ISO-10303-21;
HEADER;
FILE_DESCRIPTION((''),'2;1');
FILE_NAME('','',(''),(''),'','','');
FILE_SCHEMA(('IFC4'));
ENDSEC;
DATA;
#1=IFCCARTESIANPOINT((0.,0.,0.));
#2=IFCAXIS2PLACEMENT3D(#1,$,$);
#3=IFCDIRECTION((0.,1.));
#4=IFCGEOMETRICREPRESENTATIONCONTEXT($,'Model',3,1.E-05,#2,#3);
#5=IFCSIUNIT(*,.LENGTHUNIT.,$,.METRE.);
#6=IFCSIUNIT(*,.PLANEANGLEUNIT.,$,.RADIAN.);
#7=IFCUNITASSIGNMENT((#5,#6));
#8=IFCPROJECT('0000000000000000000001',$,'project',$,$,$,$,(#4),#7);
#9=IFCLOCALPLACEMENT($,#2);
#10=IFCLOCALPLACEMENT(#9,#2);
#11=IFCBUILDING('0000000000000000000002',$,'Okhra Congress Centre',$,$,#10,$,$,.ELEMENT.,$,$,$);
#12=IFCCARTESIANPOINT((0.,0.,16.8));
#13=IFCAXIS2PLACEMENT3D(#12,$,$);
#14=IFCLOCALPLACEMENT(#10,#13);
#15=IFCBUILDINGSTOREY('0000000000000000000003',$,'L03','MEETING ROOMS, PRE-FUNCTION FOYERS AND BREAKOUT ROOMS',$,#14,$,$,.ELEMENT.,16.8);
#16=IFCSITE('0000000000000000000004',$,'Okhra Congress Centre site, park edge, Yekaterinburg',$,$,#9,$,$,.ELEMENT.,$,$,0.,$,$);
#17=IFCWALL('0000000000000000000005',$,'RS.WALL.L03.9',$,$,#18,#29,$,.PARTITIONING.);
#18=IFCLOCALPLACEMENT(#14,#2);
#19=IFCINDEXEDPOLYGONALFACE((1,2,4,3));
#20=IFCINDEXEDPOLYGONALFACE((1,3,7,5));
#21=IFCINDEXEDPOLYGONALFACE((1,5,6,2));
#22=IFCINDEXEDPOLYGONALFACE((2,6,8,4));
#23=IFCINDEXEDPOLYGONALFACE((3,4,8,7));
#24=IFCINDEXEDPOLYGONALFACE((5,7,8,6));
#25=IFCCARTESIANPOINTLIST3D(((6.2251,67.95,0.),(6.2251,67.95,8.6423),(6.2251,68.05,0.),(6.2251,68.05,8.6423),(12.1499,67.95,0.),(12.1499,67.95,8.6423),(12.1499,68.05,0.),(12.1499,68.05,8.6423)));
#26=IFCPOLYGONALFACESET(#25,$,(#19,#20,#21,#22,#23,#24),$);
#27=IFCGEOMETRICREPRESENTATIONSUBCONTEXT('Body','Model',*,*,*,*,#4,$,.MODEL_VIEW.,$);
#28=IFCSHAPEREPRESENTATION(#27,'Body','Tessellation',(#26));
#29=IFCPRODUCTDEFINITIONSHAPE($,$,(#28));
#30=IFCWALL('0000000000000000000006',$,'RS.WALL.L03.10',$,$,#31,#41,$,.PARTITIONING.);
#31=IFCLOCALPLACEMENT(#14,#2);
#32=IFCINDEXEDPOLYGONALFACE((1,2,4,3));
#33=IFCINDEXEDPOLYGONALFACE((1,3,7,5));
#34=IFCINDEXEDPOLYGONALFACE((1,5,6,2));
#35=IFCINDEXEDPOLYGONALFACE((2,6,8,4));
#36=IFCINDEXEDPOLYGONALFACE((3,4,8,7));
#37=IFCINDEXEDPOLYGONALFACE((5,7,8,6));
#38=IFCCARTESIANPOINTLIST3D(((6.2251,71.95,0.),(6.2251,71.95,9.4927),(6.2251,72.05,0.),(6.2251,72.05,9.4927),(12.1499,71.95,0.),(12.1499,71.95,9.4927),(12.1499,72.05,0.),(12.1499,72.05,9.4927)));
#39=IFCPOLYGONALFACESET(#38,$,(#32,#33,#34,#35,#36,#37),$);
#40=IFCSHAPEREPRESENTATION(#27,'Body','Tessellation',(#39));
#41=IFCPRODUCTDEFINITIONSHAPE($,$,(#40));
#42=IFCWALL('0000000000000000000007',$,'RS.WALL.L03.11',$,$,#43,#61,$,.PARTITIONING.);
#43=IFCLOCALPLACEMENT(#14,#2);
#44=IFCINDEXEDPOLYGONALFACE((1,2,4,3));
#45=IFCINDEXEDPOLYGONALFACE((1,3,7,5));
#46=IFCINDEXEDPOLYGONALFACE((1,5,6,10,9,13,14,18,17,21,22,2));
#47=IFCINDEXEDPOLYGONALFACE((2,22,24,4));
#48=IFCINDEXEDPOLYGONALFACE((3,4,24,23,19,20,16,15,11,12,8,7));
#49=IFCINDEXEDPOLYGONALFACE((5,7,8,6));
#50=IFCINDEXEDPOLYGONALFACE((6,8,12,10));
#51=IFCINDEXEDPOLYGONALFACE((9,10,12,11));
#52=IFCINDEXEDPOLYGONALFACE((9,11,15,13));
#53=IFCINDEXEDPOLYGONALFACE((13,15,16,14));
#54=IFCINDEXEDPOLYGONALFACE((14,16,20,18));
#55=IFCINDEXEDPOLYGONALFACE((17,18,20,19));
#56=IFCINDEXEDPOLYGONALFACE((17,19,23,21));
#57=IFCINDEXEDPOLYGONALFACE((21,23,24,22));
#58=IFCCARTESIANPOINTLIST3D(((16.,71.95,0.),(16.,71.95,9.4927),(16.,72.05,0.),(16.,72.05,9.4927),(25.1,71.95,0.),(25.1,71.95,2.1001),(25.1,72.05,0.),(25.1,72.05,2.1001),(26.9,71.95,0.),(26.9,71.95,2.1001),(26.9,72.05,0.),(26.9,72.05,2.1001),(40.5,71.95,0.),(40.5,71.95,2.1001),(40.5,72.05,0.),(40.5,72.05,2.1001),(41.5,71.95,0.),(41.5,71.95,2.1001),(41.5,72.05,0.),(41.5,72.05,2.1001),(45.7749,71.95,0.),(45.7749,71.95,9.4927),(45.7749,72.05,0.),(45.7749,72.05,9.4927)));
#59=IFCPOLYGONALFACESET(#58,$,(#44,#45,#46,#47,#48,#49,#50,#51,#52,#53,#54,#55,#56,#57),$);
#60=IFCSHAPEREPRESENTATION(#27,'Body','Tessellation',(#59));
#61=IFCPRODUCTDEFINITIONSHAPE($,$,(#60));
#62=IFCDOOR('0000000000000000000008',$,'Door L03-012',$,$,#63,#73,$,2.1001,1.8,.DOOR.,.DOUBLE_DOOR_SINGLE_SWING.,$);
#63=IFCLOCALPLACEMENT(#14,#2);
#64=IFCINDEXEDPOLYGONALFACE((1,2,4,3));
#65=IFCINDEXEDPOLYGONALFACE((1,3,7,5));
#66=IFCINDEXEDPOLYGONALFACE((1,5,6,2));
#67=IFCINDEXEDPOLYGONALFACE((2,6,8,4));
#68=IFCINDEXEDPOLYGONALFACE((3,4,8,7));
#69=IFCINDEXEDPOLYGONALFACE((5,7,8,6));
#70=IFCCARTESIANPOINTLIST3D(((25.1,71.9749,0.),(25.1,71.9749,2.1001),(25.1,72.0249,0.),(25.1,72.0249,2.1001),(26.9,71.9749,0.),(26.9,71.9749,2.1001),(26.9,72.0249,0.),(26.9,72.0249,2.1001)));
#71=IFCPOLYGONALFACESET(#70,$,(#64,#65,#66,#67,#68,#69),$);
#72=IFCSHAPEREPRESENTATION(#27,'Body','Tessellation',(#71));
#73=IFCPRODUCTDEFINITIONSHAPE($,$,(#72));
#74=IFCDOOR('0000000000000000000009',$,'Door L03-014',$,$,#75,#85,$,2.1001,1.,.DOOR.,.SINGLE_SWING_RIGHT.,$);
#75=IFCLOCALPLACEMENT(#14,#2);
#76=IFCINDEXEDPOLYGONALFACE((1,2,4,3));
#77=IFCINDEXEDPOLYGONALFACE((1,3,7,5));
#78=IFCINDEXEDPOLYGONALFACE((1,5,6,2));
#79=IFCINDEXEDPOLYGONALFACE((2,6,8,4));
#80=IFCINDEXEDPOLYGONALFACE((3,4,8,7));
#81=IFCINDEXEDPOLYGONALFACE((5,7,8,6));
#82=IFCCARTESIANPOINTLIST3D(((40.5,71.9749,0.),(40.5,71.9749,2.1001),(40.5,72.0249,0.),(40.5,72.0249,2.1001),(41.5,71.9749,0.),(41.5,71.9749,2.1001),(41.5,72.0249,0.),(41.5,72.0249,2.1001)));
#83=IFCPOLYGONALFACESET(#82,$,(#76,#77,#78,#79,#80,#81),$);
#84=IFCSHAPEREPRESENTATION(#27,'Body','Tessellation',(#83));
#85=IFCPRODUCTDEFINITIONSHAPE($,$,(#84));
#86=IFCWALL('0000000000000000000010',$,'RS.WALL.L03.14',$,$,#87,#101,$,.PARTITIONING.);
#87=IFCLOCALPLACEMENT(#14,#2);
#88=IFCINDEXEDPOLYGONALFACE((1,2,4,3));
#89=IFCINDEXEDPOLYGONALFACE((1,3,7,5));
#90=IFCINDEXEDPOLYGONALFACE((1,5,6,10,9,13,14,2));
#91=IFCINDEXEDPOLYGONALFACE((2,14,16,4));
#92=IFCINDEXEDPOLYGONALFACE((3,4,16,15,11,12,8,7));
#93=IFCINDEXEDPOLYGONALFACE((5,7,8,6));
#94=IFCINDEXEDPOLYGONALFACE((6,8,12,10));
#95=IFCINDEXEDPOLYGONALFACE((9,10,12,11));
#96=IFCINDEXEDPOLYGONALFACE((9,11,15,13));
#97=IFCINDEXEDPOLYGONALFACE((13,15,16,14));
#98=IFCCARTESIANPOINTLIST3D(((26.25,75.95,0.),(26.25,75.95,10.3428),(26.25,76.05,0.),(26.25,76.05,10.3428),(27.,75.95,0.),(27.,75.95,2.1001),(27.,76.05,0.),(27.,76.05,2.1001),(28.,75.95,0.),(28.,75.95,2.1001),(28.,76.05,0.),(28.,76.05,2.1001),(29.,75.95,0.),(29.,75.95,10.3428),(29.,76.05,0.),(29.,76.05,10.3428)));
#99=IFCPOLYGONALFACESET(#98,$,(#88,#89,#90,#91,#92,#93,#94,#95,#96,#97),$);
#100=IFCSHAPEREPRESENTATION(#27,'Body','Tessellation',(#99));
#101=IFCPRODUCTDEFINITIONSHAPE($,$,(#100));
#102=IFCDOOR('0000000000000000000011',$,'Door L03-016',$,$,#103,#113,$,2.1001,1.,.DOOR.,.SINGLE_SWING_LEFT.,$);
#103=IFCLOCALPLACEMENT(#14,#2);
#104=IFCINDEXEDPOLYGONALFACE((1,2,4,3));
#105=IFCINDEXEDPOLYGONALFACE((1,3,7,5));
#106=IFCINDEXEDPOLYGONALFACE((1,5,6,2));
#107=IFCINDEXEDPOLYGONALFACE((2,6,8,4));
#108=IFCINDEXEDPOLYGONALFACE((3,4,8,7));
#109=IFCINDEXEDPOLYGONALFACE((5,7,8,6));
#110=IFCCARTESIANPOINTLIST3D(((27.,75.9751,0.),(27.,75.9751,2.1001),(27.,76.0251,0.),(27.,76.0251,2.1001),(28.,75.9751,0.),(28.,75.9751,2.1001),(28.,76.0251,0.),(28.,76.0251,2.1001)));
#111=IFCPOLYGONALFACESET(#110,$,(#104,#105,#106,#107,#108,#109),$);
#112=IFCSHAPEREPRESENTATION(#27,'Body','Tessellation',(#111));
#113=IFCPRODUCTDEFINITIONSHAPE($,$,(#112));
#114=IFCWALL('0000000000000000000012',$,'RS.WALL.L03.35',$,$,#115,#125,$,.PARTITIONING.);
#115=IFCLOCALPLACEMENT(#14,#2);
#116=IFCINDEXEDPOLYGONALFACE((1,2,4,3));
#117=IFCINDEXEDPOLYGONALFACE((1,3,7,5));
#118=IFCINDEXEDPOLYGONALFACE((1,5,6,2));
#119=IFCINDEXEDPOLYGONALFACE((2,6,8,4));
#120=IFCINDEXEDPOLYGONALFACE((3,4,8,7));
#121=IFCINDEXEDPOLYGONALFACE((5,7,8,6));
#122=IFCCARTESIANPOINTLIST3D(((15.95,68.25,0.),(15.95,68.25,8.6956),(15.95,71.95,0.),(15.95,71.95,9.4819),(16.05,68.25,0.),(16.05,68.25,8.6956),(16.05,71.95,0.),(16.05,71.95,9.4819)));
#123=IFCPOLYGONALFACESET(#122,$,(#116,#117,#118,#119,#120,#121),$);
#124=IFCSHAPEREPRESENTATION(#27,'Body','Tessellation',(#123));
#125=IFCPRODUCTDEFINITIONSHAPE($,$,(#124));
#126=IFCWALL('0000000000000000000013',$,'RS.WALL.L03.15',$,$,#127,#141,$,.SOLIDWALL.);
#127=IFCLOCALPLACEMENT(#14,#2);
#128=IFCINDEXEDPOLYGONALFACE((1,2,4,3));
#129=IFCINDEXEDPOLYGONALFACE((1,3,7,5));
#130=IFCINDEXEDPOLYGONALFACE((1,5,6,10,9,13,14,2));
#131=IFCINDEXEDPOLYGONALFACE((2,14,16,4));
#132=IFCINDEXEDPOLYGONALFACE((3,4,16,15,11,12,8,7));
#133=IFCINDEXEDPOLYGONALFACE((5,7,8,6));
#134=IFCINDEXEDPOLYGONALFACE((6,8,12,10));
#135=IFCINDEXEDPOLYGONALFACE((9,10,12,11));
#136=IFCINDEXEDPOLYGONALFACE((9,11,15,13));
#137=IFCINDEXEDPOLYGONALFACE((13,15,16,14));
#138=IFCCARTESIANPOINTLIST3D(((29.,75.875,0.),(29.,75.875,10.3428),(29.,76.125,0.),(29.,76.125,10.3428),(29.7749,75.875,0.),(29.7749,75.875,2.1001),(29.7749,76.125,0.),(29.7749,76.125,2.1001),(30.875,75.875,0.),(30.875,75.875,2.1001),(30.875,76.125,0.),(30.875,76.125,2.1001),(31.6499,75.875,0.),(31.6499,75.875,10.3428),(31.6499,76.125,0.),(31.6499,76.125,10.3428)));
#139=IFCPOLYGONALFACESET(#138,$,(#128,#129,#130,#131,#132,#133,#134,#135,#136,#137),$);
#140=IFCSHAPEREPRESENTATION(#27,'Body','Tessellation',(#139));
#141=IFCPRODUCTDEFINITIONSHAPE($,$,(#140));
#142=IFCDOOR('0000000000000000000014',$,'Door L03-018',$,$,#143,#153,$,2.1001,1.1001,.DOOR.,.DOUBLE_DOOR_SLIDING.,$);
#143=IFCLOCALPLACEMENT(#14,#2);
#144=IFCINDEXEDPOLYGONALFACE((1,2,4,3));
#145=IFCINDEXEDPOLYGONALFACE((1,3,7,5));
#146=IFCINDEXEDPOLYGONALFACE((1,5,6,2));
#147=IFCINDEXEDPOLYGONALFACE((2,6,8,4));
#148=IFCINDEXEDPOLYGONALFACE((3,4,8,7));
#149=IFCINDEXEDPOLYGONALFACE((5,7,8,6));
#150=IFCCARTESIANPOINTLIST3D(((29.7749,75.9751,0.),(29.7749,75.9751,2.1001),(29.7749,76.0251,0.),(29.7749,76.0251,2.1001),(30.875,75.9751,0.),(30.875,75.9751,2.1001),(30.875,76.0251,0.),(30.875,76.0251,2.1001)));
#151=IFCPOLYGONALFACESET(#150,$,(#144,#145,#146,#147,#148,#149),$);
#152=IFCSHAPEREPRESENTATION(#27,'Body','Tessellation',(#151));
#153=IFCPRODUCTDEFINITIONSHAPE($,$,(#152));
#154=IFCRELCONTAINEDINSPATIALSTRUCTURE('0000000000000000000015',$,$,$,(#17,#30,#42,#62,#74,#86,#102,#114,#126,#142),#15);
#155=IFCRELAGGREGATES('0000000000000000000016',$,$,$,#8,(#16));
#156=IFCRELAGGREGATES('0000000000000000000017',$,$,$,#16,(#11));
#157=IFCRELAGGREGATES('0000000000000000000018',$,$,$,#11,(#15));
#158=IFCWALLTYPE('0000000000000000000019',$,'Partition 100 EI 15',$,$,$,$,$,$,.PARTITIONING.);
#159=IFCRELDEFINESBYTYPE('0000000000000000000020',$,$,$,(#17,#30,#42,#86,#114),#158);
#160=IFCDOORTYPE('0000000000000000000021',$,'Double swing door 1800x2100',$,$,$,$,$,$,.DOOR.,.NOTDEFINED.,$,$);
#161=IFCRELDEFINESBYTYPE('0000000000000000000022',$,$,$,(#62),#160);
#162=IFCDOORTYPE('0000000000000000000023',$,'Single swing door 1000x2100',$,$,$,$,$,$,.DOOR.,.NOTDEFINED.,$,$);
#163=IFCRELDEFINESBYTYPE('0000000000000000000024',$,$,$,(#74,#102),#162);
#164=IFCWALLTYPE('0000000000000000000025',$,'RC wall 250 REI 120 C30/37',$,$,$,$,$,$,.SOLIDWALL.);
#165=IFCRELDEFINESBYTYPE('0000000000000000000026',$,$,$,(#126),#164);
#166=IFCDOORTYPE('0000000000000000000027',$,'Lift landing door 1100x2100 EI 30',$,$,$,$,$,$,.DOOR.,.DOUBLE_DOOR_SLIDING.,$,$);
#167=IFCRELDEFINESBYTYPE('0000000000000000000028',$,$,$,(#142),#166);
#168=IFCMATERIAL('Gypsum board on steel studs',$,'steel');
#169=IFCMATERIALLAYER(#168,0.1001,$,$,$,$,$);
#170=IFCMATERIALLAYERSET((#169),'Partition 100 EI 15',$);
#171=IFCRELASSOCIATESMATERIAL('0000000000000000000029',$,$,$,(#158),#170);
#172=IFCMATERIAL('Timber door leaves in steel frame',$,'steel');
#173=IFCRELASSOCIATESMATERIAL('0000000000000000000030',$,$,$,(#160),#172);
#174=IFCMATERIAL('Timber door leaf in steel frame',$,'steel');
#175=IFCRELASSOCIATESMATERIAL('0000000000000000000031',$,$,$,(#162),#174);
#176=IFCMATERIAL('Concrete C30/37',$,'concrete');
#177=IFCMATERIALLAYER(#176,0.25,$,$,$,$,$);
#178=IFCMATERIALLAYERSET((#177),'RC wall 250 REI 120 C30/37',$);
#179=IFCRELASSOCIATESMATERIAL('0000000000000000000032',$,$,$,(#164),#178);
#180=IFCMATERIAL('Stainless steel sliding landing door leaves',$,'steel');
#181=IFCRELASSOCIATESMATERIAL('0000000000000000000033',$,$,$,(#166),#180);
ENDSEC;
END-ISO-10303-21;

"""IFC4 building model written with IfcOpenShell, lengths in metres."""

from ifc_helpers import new_model, si_unit, direction, frame, frame_2d, origin, place, context, subcontext, project, spatial, polyline, rectangle, outline, extrude, material, layer, layer_set, type_object, element, fill, save


model = new_model("IFC4")

# Units and contexts
model_context = context("Model", 3, precision=1e-05, world=origin(), true_north=direction((0.0, 1.0)))
body_context = subcontext(model_context, "Body", "Model", "MODEL_VIEW")
ifc_project = project(units=[si_unit("LENGTHUNIT", "METRE"), si_unit("PLANEANGLEUNIT", "RADIAN")], contexts=[model_context])

# Site, building, storey
site_placement = place(None, origin())
site = spatial("IfcSite", under=ifc_project, at=site_placement, Name="Okhra Congress Centre site, park edge, Yekaterinburg", CompositionType="ELEMENT", RefElevation=0.0)
building_placement = place(site_placement, origin())
building = spatial("IfcBuilding", under=site, at=building_placement, Name="Okhra Congress Centre", CompositionType="ELEMENT")
storey_placement = place(building_placement, frame((0.0, 0.0, 16.8)))
storey = spatial("IfcBuildingStorey", under=building, at=storey_placement, Name="L03", Description="MEETING ROOMS, PRE-FUNCTION FOYERS AND BREAKOUT ROOMS", CompositionType="ELEMENT", Elevation=16.8)

# Walls
ifc_material_1 = material(Name="Gypsum board on steel studs", Category="steel")
ifc_layer_1 = layer(ifc_material_1, 0.1001)
ifc_layer_set_1 = layer_set([ifc_layer_1], Name="Partition 100 EI 15")
wall_type_1 = type_object("IfcWallType", Name="Partition 100 EI 15", PredefinedType="PARTITIONING", material=ifc_layer_set_1)
wall_1_placement = place(storey_placement, frame((6.2251, 68.0, 0.0), z_axis=(0.0, 0.0, 1.0), x_axis=(1.0, 0.0, 0.0)))
element("IfcWall", 1, at=wall_1_placement, inside=storey, type_object=wall_type_1, Name="RS.WALL.L03.9", PredefinedType="PARTITIONING", context=body_context, shape_type="SweptSolid", body=[
    extrude(rectangle(XDim=5.9248, YDim=0.1001, at=frame_2d((2.9624, 0.0))), origin(), (0.0, 0.0, 1.0), 8.6423),
])
wall_2_placement = place(storey_placement, frame((6.2251, 72.0, 0.0), z_axis=(0.0, 0.0, 1.0), x_axis=(1.0, 0.0, 0.0)))
element("IfcWall", 2, at=wall_2_placement, inside=storey, type_object=wall_type_1, Name="RS.WALL.L03.10", PredefinedType="PARTITIONING", context=body_context, shape_type="SweptSolid", body=[
    extrude(rectangle(XDim=5.9248, YDim=0.1001, at=frame_2d((2.9624, 0.0))), origin(), (0.0, 0.0, 1.0), 9.4927),
])

# Wall, openings, doors
wall_3_placement = place(storey_placement, frame((16.0, 72.0, 0.0), z_axis=(0.0, 0.0, 1.0), x_axis=(1.0, 0.0, 0.0)))
wall_3 = element("IfcWall", 3, at=wall_3_placement, inside=storey, type_object=wall_type_1, Name="RS.WALL.L03.11", PredefinedType="PARTITIONING", context=body_context, shape_type="SweptSolid", body=[
    extrude(rectangle(XDim=29.7749, YDim=0.1001, at=frame_2d((14.8875, 0.0))), origin(), (0.0, 0.0, 1.0), 9.4927),
])
opening_1_placement = place(wall_3_placement, frame((9.1001, 0.0, 0.0)))
opening_1 = element("IfcOpeningElement", 4, at=opening_1_placement, cuts=wall_3, PredefinedType="OPENING", context=body_context, shape_type="SweptSolid", body=[
    extrude(rectangle(XDim=1.8, YDim=2.1001, at=frame_2d((0.8999, 1.05))), frame((0.0, 0.0601, 0.0), z_axis=(0.0, -1.0, 0.0), x_axis=(1.0, 0.0, 0.0)), (0.0, 0.0, 1.0), 0.1201),
])
opening_2_placement = place(wall_3_placement, frame((24.5, 0.0, 0.0)))
opening_2 = element("IfcOpeningElement", 5, at=opening_2_placement, cuts=wall_3, PredefinedType="OPENING", context=body_context, shape_type="SweptSolid", body=[
    extrude(rectangle(XDim=1.0, YDim=2.1001, at=frame_2d((0.5, 1.05))), frame((0.0, 0.0601, 0.0), z_axis=(0.0, -1.0, 0.0), x_axis=(1.0, 0.0, 0.0)), (0.0, 0.0, 1.0), 0.1201),
])
ifc_material_2 = material(Name="Timber door leaves in steel frame", Category="steel")
door_type_1 = type_object("IfcDoorType", Name="Double swing door 1800x2100", OperationType="NOTDEFINED", PredefinedType="DOOR", material=ifc_material_2)
door_1_placement = place(opening_1_placement, origin())
door_1 = element("IfcDoor", 6, at=door_1_placement, inside=storey, type_object=door_type_1, Name="Door L03-012", OperationType="DOUBLE_DOOR_SINGLE_SWING", OverallHeight=2.1001, OverallWidth=1.8, PredefinedType="DOOR", context=body_context, shape_type="SweptSolid", body=[
    extrude(rectangle(XDim=1.8, YDim=2.1001, at=frame_2d((0.8999, 1.05))), frame((0.0, 0.0249, 0.0), z_axis=(0.0, -1.0, 0.0), x_axis=(1.0, 0.0, 0.0)), (0.0, 0.0, 1.0), 0.05),
])
fill(opening_1, door_1)
ifc_material_3 = material(Name="Timber door leaf in steel frame", Category="steel")
door_type_2 = type_object("IfcDoorType", Name="Single swing door 1000x2100", OperationType="NOTDEFINED", PredefinedType="DOOR", material=ifc_material_3)
door_2_placement = place(opening_2_placement, origin())
door_2 = element("IfcDoor", 7, at=door_2_placement, inside=storey, type_object=door_type_2, Name="Door L03-014", OperationType="SINGLE_SWING_RIGHT", OverallHeight=2.1001, OverallWidth=1.0, PredefinedType="DOOR", context=body_context, shape_type="SweptSolid", body=[
    extrude(rectangle(XDim=1.0, YDim=2.1001, at=frame_2d((0.5, 1.05))), frame((0.0, 0.0249, 0.0), z_axis=(0.0, -1.0, 0.0), x_axis=(1.0, 0.0, 0.0)), (0.0, 0.0, 1.0), 0.05),
])
fill(opening_2, door_2)

# Wall, opening, door
wall_4_placement = place(storey_placement, frame((26.25, 76.0, 0.0), z_axis=(0.0, 0.0, 1.0), x_axis=(1.0, 0.0, 0.0)))
wall_4 = element("IfcWall", 8, at=wall_4_placement, inside=storey, type_object=wall_type_1, Name="RS.WALL.L03.14", PredefinedType="PARTITIONING", context=body_context, shape_type="SweptSolid", body=[
    extrude(rectangle(XDim=2.75, YDim=0.1001, at=frame_2d((1.375, 0.0))), origin(), (0.0, 0.0, 1.0), 10.3428),
])
opening_3_placement = place(wall_4_placement, frame((0.75, 0.0, 0.0)))
opening_3 = element("IfcOpeningElement", 9, at=opening_3_placement, cuts=wall_4, PredefinedType="OPENING", context=body_context, shape_type="SweptSolid", body=[
    extrude(rectangle(XDim=1.0, YDim=2.1001, at=frame_2d((0.5, 1.05))), frame((0.0, 0.0601, 0.0), z_axis=(0.0, -1.0, 0.0), x_axis=(1.0, 0.0, 0.0)), (0.0, 0.0, 1.0), 0.1201),
])
door_3_placement = place(opening_3_placement, frame((1.0, 0.0, 0.0), z_axis=(0.0, 0.0, 1.0), x_axis=(-1.0, 0.0, 0.0)))
door_3 = element("IfcDoor", 10, at=door_3_placement, inside=storey, type_object=door_type_2, Name="Door L03-016", OperationType="SINGLE_SWING_LEFT", OverallHeight=2.1001, OverallWidth=1.0, PredefinedType="DOOR", context=body_context, shape_type="SweptSolid", body=[
    extrude(rectangle(XDim=1.0, YDim=2.1001, at=frame_2d((0.5, 1.05))), frame((0.0, 0.0249, 0.0), z_axis=(0.0, -1.0, 0.0), x_axis=(1.0, 0.0, 0.0)), (0.0, 0.0, 1.0), 0.05),
])
fill(opening_3, door_3)

# Wall
wall_5_placement = place(storey_placement, frame((16.0, 68.25, 0.0), z_axis=(0.0, 0.0, 1.0), x_axis=(0.0, 1.0, 0.0)))
element("IfcWall", 11, at=wall_5_placement, inside=storey, type_object=wall_type_1, Name="RS.WALL.L03.35", PredefinedType="PARTITIONING", context=body_context, shape_type="SweptSolid", body=[
    extrude(outline(polyline([(0.0, 0.0), (3.7, 0.0), (3.7, 9.4819), (0.0, 8.6956), (0.0, 0.0)])), frame((0.0, 0.05, 0.0), z_axis=(0.0, -1.0, 0.0), x_axis=(1.0, 0.0, 0.0)), (0.0, 0.0, 1.0), 0.1001),
])

# Wall, opening, door
ifc_material_4 = material(Name="Concrete C30/37", Category="concrete")
ifc_layer_2 = layer(ifc_material_4, 0.25)
ifc_layer_set_2 = layer_set([ifc_layer_2], Name="RC wall 250 REI 120 C30/37")
wall_type_2 = type_object("IfcWallType", Name="RC wall 250 REI 120 C30/37", PredefinedType="SOLIDWALL", material=ifc_layer_set_2)
wall_6_placement = place(storey_placement, frame((29.0, 76.0, 0.0), z_axis=(0.0, 0.0, 1.0), x_axis=(1.0, 0.0, 0.0)))
wall_6 = element("IfcWall", 12, at=wall_6_placement, inside=storey, type_object=wall_type_2, Name="RS.WALL.L03.15", PredefinedType="SOLIDWALL", context=body_context, shape_type="SweptSolid", body=[
    extrude(rectangle(XDim=2.6499, YDim=0.25, at=frame_2d((1.325, 0.0))), origin(), (0.0, 0.0, 1.0), 10.3428),
])
opening_4_placement = place(wall_6_placement, frame((0.7749, 0.0, 0.0)))
opening_4 = element("IfcOpeningElement", 13, at=opening_4_placement, cuts=wall_6, PredefinedType="OPENING", context=body_context, shape_type="SweptSolid", body=[
    extrude(rectangle(XDim=1.1001, YDim=2.1001, at=frame_2d((0.55, 1.05))), frame((0.0, 0.135, 0.0), z_axis=(0.0, -1.0, 0.0), x_axis=(1.0, 0.0, 0.0)), (0.0, 0.0, 1.0), 0.27),
])
ifc_material_5 = material(Name="Stainless steel sliding landing door leaves", Category="steel")
door_type_3 = type_object("IfcDoorType", Name="Lift landing door 1100x2100 EI 30", OperationType="DOUBLE_DOOR_SLIDING", PredefinedType="DOOR", material=ifc_material_5)
door_4_placement = place(opening_4_placement, frame((1.1001, 0.0, 0.0), z_axis=(0.0, 0.0, 1.0), x_axis=(-1.0, 0.0, 0.0)))
door_4 = element("IfcDoor", 14, at=door_4_placement, inside=storey, type_object=door_type_3, Name="Door L03-018", OperationType="DOUBLE_DOOR_SLIDING", OverallHeight=2.1001, OverallWidth=1.1001, PredefinedType="DOOR", context=body_context, shape_type="SweptSolid", body=[
    extrude(rectangle(XDim=1.1001, YDim=2.1001, at=frame_2d((0.55, 1.05))), frame((0.0, 0.0249, 0.0), z_axis=(0.0, -1.0, 0.0), x_axis=(1.0, 0.0, 0.0)), (0.0, 0.0, 1.0), 0.05),
])
fill(opening_4, door_4)

save(model, "model.ifc")
